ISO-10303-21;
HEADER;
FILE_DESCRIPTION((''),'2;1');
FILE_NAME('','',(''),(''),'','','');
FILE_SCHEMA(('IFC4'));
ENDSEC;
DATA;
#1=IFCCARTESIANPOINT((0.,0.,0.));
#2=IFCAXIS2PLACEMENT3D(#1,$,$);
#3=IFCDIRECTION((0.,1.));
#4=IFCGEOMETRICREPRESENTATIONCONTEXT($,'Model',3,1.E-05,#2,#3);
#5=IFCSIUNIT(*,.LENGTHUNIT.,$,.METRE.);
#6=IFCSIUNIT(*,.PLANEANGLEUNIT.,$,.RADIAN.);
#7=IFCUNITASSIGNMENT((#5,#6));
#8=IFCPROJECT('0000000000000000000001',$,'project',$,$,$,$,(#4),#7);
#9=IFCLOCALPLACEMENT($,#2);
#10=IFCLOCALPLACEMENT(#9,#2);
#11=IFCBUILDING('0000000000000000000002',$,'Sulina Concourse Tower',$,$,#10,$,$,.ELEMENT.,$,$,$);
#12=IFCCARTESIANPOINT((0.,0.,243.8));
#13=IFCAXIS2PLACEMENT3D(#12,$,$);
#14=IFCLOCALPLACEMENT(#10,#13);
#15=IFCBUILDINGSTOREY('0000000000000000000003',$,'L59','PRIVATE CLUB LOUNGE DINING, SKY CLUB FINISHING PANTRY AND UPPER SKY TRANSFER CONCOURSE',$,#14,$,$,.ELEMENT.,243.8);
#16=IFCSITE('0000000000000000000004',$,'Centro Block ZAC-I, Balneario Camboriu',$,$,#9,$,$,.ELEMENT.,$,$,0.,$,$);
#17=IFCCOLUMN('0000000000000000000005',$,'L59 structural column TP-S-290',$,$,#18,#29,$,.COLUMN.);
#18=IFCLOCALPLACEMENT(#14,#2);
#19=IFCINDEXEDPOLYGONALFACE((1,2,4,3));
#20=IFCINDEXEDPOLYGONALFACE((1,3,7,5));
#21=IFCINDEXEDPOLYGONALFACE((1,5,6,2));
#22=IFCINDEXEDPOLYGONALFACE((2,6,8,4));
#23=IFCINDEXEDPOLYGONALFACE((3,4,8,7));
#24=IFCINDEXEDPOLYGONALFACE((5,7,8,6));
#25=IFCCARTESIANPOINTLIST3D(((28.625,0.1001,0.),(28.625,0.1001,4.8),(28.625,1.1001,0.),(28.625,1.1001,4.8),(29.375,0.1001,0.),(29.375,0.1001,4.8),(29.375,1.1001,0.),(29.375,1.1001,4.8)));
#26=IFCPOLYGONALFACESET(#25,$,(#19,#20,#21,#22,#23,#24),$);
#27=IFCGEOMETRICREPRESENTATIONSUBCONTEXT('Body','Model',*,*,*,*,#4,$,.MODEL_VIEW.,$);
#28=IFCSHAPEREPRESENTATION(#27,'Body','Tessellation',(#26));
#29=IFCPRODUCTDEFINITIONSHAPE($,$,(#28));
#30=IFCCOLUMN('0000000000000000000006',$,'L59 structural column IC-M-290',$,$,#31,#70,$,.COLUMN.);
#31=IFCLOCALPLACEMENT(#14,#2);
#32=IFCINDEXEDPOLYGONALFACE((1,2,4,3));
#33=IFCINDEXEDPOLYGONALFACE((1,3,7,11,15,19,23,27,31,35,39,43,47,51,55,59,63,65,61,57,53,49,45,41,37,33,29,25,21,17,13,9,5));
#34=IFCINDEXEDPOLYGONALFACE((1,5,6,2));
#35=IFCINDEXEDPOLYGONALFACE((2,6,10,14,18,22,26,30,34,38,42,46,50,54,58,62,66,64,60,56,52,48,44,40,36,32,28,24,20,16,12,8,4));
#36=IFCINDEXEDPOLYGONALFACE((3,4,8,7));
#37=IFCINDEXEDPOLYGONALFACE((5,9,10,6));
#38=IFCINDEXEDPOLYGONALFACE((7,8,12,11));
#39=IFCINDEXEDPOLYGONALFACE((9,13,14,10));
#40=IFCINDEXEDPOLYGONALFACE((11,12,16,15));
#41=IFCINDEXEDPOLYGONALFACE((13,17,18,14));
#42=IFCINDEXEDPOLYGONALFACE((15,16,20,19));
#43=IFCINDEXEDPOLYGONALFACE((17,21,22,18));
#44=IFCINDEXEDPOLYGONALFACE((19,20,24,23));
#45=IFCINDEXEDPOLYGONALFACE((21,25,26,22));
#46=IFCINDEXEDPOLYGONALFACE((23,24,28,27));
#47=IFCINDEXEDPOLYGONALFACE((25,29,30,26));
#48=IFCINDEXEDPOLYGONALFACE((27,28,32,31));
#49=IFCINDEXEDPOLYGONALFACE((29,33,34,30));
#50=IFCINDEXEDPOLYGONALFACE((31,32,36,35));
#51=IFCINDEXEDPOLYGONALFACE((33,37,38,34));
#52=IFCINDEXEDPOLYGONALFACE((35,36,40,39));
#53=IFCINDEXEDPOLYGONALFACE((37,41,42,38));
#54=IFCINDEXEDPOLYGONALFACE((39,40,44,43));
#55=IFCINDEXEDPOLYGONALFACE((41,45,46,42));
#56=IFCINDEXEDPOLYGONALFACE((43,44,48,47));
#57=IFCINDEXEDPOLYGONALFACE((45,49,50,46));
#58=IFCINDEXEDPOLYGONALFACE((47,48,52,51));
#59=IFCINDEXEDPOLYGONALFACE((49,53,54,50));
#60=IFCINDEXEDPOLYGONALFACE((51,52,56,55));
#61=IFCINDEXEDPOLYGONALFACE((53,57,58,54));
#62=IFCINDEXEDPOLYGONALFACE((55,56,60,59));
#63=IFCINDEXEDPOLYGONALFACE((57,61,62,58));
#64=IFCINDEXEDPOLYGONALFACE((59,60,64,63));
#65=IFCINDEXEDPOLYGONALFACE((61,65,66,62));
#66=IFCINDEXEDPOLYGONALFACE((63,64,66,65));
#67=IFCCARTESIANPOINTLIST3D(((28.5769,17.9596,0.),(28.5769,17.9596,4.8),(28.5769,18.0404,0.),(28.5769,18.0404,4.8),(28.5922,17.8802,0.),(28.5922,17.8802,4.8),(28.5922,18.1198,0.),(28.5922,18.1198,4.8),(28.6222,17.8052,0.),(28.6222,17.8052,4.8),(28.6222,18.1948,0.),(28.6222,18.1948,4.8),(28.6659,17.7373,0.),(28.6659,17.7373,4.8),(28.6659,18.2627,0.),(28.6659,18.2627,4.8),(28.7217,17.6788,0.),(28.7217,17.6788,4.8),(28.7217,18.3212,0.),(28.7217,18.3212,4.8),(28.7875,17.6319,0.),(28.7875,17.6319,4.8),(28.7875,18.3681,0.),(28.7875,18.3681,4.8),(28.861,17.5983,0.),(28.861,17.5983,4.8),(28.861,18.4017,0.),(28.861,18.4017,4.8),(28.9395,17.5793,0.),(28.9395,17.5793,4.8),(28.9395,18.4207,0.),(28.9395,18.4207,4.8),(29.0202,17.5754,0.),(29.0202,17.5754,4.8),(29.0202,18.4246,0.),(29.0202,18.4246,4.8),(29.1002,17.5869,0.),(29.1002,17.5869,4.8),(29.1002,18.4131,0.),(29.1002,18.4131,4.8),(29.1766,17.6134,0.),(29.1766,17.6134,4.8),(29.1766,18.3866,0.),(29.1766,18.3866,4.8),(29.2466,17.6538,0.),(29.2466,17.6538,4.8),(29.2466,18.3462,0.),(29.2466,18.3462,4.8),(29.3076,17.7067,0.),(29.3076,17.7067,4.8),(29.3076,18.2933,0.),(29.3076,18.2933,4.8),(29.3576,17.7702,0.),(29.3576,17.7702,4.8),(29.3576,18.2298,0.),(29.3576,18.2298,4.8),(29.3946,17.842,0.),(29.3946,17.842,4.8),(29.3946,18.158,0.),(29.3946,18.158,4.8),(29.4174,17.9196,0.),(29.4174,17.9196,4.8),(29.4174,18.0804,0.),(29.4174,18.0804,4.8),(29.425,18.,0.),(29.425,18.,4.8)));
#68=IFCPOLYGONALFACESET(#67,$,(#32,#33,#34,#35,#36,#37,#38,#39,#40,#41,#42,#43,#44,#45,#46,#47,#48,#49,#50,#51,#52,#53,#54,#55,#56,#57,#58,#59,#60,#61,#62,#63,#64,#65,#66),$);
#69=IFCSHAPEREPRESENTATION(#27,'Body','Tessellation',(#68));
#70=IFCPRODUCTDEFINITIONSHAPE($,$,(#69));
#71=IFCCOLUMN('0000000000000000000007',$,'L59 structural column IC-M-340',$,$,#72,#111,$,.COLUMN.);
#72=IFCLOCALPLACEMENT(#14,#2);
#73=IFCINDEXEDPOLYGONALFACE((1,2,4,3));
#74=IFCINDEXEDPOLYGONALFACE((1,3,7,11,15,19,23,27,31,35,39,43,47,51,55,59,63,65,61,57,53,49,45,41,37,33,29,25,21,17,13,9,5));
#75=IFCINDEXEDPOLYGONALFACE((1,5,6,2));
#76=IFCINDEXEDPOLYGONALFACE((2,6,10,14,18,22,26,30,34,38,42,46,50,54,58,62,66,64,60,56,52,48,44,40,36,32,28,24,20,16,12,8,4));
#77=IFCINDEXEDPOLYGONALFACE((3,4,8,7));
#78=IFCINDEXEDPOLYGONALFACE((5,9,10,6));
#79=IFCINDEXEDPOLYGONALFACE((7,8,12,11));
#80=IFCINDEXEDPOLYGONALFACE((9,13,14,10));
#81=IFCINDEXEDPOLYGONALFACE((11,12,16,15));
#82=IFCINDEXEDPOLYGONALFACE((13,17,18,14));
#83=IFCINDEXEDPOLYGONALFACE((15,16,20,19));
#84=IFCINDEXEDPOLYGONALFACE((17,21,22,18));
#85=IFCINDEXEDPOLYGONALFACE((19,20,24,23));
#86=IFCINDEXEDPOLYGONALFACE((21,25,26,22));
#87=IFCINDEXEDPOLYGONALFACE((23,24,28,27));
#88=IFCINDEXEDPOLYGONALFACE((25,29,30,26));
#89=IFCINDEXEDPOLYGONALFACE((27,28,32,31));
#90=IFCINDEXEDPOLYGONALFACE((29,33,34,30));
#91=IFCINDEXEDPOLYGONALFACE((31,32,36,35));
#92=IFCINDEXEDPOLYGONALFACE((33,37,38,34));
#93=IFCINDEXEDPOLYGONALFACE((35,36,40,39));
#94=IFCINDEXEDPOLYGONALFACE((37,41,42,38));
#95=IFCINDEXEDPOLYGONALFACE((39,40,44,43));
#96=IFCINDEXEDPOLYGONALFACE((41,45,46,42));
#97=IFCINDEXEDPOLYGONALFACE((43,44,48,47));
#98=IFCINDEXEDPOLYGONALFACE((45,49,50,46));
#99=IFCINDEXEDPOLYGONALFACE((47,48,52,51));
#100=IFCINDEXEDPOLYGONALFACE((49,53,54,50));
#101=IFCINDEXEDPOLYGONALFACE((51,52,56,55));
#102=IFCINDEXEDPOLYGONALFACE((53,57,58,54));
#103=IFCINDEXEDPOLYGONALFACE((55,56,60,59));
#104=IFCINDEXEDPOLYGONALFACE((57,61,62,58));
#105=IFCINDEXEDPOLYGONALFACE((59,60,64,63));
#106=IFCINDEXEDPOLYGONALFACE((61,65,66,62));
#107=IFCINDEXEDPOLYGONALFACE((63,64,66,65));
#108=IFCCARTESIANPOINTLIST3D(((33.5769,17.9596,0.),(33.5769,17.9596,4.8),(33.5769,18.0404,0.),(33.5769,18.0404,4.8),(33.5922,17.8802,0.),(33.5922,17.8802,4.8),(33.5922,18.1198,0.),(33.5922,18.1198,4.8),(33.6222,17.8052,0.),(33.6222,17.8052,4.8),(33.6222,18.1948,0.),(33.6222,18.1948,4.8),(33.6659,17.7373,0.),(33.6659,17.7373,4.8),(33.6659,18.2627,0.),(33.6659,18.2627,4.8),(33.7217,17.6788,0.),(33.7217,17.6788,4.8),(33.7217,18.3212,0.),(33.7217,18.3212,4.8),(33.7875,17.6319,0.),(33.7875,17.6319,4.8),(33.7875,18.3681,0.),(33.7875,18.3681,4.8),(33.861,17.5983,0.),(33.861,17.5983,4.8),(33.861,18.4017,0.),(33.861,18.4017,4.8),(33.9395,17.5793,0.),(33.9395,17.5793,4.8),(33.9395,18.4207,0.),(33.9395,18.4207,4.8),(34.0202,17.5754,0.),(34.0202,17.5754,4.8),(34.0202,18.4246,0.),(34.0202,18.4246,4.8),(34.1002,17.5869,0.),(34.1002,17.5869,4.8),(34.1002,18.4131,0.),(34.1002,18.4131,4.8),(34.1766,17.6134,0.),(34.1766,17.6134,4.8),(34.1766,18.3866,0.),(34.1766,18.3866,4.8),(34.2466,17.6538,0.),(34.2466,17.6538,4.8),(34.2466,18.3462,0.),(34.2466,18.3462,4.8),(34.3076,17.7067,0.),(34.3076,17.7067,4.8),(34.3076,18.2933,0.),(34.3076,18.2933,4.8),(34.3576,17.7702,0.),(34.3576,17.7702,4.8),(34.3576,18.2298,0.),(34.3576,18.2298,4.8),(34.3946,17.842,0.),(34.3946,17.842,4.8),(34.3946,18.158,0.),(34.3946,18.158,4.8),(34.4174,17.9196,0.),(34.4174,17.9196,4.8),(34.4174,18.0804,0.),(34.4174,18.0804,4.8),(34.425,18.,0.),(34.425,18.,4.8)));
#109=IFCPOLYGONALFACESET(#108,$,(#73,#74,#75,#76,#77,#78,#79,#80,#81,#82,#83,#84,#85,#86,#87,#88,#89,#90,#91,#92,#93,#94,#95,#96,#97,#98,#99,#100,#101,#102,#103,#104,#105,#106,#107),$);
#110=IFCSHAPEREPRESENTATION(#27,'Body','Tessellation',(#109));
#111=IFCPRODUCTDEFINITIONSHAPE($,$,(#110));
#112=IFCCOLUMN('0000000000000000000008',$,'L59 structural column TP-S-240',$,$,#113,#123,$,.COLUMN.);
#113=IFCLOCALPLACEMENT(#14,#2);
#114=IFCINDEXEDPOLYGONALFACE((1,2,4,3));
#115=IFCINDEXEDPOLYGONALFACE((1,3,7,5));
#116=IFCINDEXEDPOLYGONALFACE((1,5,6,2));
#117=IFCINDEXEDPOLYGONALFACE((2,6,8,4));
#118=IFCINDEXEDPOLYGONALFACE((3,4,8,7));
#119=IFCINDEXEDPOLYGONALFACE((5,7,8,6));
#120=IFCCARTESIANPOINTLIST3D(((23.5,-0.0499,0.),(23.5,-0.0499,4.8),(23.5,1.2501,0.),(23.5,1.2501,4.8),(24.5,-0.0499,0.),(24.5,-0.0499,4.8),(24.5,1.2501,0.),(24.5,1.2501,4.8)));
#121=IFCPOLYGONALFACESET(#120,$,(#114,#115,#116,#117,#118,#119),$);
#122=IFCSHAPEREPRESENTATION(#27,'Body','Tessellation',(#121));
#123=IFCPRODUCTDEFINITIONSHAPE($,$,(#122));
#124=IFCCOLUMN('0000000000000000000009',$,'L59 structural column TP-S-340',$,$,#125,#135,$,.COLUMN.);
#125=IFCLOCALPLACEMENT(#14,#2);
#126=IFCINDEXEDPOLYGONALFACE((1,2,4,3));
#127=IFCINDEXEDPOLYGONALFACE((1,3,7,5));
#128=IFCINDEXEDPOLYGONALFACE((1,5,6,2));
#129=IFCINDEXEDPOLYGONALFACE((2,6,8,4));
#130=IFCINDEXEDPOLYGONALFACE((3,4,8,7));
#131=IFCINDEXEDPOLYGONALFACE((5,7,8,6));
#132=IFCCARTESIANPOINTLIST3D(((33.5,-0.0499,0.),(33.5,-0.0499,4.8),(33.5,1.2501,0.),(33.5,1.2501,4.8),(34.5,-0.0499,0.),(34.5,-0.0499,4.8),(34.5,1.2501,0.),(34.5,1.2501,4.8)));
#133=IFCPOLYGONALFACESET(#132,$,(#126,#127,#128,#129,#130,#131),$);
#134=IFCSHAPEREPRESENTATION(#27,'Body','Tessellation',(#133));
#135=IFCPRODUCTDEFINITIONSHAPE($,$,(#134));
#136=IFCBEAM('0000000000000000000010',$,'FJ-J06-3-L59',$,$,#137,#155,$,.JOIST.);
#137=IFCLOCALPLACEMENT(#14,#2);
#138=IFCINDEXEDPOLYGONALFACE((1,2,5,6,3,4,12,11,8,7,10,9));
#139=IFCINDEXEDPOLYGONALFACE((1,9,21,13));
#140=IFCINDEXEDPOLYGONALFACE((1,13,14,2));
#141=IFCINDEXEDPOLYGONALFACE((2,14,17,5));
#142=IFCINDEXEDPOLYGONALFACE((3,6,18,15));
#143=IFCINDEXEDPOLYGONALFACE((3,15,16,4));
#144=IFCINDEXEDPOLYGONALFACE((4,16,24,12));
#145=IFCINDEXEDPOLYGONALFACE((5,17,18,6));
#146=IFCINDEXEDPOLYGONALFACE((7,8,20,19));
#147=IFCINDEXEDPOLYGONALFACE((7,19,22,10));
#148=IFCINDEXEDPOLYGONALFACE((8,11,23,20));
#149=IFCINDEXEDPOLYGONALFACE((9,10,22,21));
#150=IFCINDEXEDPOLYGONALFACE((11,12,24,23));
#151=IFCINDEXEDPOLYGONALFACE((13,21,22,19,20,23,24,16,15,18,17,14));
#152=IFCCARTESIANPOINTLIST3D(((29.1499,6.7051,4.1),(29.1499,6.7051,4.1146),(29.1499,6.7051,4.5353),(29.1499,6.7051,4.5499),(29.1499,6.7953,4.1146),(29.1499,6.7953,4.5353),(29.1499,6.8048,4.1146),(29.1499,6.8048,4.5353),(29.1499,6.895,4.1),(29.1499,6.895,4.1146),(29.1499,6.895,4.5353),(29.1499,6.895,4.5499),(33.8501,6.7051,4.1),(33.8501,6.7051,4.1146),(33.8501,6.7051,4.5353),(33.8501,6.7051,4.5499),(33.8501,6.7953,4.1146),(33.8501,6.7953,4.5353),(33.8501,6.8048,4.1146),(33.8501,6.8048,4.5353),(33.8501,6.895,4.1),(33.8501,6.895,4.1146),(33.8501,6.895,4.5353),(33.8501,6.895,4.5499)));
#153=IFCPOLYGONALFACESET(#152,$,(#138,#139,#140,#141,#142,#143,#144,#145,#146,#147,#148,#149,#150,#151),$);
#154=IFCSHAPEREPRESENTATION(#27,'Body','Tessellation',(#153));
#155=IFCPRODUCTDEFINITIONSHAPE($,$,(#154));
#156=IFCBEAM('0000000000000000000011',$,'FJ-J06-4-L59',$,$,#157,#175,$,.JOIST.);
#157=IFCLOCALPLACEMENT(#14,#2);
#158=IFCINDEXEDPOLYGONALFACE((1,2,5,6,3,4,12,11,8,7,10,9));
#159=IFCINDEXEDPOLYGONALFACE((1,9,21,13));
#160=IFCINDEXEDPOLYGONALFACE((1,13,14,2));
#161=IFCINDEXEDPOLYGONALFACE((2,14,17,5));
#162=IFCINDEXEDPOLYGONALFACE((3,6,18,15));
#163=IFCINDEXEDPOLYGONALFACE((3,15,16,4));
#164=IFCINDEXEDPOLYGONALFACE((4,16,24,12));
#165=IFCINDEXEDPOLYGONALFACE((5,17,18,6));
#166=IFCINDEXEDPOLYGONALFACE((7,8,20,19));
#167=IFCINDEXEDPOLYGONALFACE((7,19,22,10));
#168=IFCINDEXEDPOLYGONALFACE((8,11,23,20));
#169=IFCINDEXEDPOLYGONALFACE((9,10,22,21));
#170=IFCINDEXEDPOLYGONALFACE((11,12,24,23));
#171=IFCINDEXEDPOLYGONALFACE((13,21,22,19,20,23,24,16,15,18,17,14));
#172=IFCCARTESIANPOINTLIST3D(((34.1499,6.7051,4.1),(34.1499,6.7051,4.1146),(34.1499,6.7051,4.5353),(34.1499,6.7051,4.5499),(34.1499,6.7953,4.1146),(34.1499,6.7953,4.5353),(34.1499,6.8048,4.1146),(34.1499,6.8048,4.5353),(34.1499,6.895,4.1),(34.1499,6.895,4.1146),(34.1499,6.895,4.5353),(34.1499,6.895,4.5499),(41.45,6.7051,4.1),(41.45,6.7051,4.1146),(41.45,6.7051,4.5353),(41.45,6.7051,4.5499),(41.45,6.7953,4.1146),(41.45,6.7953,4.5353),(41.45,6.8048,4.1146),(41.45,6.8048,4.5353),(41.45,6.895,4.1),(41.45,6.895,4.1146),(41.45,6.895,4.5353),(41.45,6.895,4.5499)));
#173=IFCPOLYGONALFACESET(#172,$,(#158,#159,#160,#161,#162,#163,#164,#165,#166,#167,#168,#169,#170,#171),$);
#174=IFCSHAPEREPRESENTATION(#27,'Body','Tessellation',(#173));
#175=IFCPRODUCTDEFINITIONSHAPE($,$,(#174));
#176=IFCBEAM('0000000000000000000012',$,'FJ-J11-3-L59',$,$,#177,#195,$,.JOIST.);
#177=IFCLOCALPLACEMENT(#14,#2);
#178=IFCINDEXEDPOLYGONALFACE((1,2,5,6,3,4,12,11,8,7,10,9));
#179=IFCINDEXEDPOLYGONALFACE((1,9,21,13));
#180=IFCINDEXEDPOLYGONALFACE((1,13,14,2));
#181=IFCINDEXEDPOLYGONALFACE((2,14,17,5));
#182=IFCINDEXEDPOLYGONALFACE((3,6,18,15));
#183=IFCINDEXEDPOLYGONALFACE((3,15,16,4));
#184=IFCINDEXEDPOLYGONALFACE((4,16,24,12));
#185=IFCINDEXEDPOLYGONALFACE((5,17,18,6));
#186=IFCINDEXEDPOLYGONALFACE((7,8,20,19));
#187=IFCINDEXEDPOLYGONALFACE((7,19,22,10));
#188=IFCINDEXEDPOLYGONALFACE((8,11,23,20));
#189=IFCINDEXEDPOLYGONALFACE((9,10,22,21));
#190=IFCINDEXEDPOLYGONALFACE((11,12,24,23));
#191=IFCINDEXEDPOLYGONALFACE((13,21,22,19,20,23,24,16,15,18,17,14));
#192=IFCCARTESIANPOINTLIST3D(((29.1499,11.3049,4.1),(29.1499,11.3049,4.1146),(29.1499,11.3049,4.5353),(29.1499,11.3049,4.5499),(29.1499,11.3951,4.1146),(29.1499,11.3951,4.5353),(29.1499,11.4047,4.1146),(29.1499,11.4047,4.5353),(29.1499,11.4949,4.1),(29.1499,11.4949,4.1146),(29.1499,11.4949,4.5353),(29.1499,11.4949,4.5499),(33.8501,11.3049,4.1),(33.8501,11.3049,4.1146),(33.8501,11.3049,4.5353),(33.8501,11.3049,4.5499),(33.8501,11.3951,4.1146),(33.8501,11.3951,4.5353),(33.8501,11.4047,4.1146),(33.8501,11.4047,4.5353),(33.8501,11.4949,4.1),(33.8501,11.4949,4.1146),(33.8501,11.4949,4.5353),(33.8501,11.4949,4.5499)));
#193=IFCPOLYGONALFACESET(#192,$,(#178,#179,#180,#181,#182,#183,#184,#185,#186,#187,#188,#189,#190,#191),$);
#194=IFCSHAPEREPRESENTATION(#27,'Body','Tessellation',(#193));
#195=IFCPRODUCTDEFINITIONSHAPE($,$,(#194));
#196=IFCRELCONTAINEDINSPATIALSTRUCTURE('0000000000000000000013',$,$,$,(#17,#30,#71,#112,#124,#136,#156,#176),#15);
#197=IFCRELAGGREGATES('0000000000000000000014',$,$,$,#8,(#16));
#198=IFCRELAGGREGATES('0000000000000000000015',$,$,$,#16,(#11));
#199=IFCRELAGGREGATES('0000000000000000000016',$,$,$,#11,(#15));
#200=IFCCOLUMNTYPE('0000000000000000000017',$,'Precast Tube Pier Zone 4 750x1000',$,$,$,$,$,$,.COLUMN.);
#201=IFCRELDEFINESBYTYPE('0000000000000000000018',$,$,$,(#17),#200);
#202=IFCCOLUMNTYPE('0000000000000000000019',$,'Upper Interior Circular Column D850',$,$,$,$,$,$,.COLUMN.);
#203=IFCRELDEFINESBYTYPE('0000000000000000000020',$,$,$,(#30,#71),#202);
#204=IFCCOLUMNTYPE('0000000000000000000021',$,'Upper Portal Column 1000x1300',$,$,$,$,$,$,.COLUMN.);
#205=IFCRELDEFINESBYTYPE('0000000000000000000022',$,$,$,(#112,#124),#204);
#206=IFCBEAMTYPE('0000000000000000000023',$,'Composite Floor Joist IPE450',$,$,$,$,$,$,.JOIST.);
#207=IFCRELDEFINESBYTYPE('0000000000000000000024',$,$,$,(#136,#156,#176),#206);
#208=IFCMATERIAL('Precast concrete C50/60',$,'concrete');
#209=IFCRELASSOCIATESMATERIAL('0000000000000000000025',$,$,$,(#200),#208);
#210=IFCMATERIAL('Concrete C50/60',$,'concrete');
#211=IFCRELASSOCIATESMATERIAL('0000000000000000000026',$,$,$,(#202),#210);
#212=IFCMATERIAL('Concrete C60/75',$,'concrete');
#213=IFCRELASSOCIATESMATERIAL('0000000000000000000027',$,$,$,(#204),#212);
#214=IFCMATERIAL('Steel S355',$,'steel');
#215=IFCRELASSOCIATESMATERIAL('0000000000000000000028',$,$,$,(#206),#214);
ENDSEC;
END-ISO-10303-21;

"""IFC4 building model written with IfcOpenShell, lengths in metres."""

from ifc_helpers import new_model, si_unit, direction, frame, origin, origin_2d, place, context, subcontext, project, spatial, rectangle, circle, i_section, extrude, material, material_profile, profile_set, type_object, element, save


model = new_model("IFC4")

# Units and contexts
model_context = context("Model", 3, precision=1e-05, world=origin(), true_north=direction((0.0, 1.0)))
body_context = subcontext(model_context, "Body", "Model", "MODEL_VIEW")
ifc_project = project(units=[si_unit("LENGTHUNIT", "METRE"), si_unit("PLANEANGLEUNIT", "RADIAN")], contexts=[model_context])

# Site, building, storey
site_placement = place(None, origin())
site = spatial("IfcSite", under=ifc_project, at=site_placement, Name="Centro Block ZAC-I, Balneario Camboriu", CompositionType="ELEMENT", RefElevation=0.0)
building_placement = place(site_placement, origin())
building = spatial("IfcBuilding", under=site, at=building_placement, Name="Sulina Concourse Tower", CompositionType="ELEMENT")
storey_placement = place(building_placement, frame((0.0, 0.0, 243.8)))
storey = spatial("IfcBuildingStorey", under=building, at=storey_placement, Name="L59", Description="PRIVATE CLUB LOUNGE DINING, SKY CLUB FINISHING PANTRY AND UPPER SKY TRANSFER CONCOURSE", CompositionType="ELEMENT", Elevation=243.8)

# Columns
ifc_material_1 = material(Name="Precast concrete C50/60", Category="concrete")
ifc_material_profile_1 = material_profile(ifc_material_1, rectangle(XDim=0.75, YDim=1.0, at=origin_2d()), Name="PC 750x1000")
ifc_profile_set_1 = profile_set([ifc_material_profile_1], Name="Precast concrete C50/60")
column_type_1 = type_object("IfcColumnType", Name="Precast Tube Pier Zone 4 750x1000", PredefinedType="COLUMN", material=ifc_profile_set_1)
column_placement = place(storey_placement, frame((29.0, 0.6001, 0.0), z_axis=(0.0, 0.0, 1.0), x_axis=(1.0, 0.0, 0.0)))
element("IfcColumn", 1, at=column_placement, inside=storey, type_object=column_type_1, Name="L59 structural column TP-S-290", PredefinedType="COLUMN", context=body_context, shape_type="SweptSolid", body=[
    extrude(rectangle(XDim=0.75, YDim=1.0, at=origin_2d()), origin(), (0.0, 0.0, 1.0), 4.8),
])
ifc_material_2 = material(Name="Concrete C50/60", Category="concrete")
ifc_material_profile_2 = material_profile(ifc_material_2, circle(Radius=0.425, at=origin_2d()), Name="RC D850")
ifc_profile_set_2 = profile_set([ifc_material_profile_2], Name="Concrete C50/60")
column_type_2 = type_object("IfcColumnType", Name="Upper Interior Circular Column D850", PredefinedType="COLUMN", material=ifc_profile_set_2)
for number, where, z_axis, x_axis, name in (
    (2, (29.0, 18.0, 0.0), (0.0, 0.0, 1.0), (1.0, 0.0, 0.0), "L59 structural column IC-M-290"),
    (3, (34.0, 18.0, 0.0), (0.0, 0.0, 1.0), (1.0, 0.0, 0.0), "L59 structural column IC-M-340"),
):
    element("IfcColumn", number, at=place(storey_placement, frame(where, z_axis=z_axis, x_axis=x_axis)), inside=storey, type_object=column_type_2, Name=name, PredefinedType="COLUMN", context=body_context, shape_type="SweptSolid", body=[
        extrude(circle(Radius=0.425, at=origin_2d()), origin(), (0.0, 0.0, 1.0), 4.8),
    ])
ifc_material_3 = material(Name="Concrete C60/75", Category="concrete")
ifc_material_profile_3 = material_profile(ifc_material_3, rectangle(XDim=1.0, YDim=1.3, at=origin_2d()), Name="RC 1000x1300")
ifc_profile_set_3 = profile_set([ifc_material_profile_3], Name="Concrete C60/75")
column_type_3 = type_object("IfcColumnType", Name="Upper Portal Column 1000x1300", PredefinedType="COLUMN", material=ifc_profile_set_3)
for number, where, z_axis, x_axis, name in (
    (4, (24.0, 0.6001, 0.0), (0.0, 0.0, 1.0), (1.0, 0.0, 0.0), "L59 structural column TP-S-240"),
    (5, (34.0, 0.6001, 0.0), (0.0, 0.0, 1.0), (1.0, 0.0, 0.0), "L59 structural column TP-S-340"),
):
    element("IfcColumn", number, at=place(storey_placement, frame(where, z_axis=z_axis, x_axis=x_axis)), inside=storey, type_object=column_type_3, Name=name, PredefinedType="COLUMN", context=body_context, shape_type="SweptSolid", body=[
        extrude(rectangle(XDim=1.0, YDim=1.3, at=origin_2d()), origin(), (0.0, 0.0, 1.0), 4.8),
    ])

# Beams
ifc_material_4 = material(Name="Steel S355", Category="steel")
ifc_material_profile_4 = material_profile(ifc_material_4, i_section(OverallWidth=0.1899, OverallDepth=0.45, WebThickness=0.0095, FlangeThickness=0.0146, at=origin_2d()), Name="IPE 450")
ifc_profile_set_4 = profile_set([ifc_material_profile_4], Name="Steel S355")
beam_type_1 = type_object("IfcBeamType", Name="Composite Floor Joist IPE450", PredefinedType="JOIST", material=ifc_profile_set_4)
beam_1_placement = place(storey_placement, frame((29.1499, 6.8, 4.325), z_axis=(1.0, 0.0, 0.0), x_axis=(0.0, 1.0, 0.0)))
element("IfcBeam", 6, at=beam_1_placement, inside=storey, type_object=beam_type_1, Name="FJ-J06-3-L59", PredefinedType="JOIST", context=body_context, shape_type="SweptSolid", body=[
    extrude(i_section(OverallWidth=0.1899, OverallDepth=0.45, WebThickness=0.0095, FlangeThickness=0.0146, at=origin_2d()), origin(), (0.0, 0.0, 1.0), 4.7002),
])
beam_2_placement = place(storey_placement, frame((34.1499, 6.8, 4.325), z_axis=(1.0, 0.0, 0.0), x_axis=(0.0, 1.0, 0.0)))
element("IfcBeam", 7, at=beam_2_placement, inside=storey, type_object=beam_type_1, Name="FJ-J06-4-L59", PredefinedType="JOIST", context=body_context, shape_type="SweptSolid", body=[
    extrude(i_section(OverallWidth=0.1899, OverallDepth=0.45, WebThickness=0.0095, FlangeThickness=0.0146, at=origin_2d()), origin(), (0.0, 0.0, 1.0), 7.3),
])
beam_3_placement = place(storey_placement, frame((29.1499, 11.3999, 4.325), z_axis=(1.0, 0.0, 0.0), x_axis=(0.0, 1.0, 0.0)))
element("IfcBeam", 8, at=beam_3_placement, inside=storey, type_object=beam_type_1, Name="FJ-J11-3-L59", PredefinedType="JOIST", context=body_context, shape_type="SweptSolid", body=[
    extrude(i_section(OverallWidth=0.1899, OverallDepth=0.45, WebThickness=0.0095, FlangeThickness=0.0146, at=origin_2d()), origin(), (0.0, 0.0, 1.0), 4.7002),
])

save(model, "model.ifc")
